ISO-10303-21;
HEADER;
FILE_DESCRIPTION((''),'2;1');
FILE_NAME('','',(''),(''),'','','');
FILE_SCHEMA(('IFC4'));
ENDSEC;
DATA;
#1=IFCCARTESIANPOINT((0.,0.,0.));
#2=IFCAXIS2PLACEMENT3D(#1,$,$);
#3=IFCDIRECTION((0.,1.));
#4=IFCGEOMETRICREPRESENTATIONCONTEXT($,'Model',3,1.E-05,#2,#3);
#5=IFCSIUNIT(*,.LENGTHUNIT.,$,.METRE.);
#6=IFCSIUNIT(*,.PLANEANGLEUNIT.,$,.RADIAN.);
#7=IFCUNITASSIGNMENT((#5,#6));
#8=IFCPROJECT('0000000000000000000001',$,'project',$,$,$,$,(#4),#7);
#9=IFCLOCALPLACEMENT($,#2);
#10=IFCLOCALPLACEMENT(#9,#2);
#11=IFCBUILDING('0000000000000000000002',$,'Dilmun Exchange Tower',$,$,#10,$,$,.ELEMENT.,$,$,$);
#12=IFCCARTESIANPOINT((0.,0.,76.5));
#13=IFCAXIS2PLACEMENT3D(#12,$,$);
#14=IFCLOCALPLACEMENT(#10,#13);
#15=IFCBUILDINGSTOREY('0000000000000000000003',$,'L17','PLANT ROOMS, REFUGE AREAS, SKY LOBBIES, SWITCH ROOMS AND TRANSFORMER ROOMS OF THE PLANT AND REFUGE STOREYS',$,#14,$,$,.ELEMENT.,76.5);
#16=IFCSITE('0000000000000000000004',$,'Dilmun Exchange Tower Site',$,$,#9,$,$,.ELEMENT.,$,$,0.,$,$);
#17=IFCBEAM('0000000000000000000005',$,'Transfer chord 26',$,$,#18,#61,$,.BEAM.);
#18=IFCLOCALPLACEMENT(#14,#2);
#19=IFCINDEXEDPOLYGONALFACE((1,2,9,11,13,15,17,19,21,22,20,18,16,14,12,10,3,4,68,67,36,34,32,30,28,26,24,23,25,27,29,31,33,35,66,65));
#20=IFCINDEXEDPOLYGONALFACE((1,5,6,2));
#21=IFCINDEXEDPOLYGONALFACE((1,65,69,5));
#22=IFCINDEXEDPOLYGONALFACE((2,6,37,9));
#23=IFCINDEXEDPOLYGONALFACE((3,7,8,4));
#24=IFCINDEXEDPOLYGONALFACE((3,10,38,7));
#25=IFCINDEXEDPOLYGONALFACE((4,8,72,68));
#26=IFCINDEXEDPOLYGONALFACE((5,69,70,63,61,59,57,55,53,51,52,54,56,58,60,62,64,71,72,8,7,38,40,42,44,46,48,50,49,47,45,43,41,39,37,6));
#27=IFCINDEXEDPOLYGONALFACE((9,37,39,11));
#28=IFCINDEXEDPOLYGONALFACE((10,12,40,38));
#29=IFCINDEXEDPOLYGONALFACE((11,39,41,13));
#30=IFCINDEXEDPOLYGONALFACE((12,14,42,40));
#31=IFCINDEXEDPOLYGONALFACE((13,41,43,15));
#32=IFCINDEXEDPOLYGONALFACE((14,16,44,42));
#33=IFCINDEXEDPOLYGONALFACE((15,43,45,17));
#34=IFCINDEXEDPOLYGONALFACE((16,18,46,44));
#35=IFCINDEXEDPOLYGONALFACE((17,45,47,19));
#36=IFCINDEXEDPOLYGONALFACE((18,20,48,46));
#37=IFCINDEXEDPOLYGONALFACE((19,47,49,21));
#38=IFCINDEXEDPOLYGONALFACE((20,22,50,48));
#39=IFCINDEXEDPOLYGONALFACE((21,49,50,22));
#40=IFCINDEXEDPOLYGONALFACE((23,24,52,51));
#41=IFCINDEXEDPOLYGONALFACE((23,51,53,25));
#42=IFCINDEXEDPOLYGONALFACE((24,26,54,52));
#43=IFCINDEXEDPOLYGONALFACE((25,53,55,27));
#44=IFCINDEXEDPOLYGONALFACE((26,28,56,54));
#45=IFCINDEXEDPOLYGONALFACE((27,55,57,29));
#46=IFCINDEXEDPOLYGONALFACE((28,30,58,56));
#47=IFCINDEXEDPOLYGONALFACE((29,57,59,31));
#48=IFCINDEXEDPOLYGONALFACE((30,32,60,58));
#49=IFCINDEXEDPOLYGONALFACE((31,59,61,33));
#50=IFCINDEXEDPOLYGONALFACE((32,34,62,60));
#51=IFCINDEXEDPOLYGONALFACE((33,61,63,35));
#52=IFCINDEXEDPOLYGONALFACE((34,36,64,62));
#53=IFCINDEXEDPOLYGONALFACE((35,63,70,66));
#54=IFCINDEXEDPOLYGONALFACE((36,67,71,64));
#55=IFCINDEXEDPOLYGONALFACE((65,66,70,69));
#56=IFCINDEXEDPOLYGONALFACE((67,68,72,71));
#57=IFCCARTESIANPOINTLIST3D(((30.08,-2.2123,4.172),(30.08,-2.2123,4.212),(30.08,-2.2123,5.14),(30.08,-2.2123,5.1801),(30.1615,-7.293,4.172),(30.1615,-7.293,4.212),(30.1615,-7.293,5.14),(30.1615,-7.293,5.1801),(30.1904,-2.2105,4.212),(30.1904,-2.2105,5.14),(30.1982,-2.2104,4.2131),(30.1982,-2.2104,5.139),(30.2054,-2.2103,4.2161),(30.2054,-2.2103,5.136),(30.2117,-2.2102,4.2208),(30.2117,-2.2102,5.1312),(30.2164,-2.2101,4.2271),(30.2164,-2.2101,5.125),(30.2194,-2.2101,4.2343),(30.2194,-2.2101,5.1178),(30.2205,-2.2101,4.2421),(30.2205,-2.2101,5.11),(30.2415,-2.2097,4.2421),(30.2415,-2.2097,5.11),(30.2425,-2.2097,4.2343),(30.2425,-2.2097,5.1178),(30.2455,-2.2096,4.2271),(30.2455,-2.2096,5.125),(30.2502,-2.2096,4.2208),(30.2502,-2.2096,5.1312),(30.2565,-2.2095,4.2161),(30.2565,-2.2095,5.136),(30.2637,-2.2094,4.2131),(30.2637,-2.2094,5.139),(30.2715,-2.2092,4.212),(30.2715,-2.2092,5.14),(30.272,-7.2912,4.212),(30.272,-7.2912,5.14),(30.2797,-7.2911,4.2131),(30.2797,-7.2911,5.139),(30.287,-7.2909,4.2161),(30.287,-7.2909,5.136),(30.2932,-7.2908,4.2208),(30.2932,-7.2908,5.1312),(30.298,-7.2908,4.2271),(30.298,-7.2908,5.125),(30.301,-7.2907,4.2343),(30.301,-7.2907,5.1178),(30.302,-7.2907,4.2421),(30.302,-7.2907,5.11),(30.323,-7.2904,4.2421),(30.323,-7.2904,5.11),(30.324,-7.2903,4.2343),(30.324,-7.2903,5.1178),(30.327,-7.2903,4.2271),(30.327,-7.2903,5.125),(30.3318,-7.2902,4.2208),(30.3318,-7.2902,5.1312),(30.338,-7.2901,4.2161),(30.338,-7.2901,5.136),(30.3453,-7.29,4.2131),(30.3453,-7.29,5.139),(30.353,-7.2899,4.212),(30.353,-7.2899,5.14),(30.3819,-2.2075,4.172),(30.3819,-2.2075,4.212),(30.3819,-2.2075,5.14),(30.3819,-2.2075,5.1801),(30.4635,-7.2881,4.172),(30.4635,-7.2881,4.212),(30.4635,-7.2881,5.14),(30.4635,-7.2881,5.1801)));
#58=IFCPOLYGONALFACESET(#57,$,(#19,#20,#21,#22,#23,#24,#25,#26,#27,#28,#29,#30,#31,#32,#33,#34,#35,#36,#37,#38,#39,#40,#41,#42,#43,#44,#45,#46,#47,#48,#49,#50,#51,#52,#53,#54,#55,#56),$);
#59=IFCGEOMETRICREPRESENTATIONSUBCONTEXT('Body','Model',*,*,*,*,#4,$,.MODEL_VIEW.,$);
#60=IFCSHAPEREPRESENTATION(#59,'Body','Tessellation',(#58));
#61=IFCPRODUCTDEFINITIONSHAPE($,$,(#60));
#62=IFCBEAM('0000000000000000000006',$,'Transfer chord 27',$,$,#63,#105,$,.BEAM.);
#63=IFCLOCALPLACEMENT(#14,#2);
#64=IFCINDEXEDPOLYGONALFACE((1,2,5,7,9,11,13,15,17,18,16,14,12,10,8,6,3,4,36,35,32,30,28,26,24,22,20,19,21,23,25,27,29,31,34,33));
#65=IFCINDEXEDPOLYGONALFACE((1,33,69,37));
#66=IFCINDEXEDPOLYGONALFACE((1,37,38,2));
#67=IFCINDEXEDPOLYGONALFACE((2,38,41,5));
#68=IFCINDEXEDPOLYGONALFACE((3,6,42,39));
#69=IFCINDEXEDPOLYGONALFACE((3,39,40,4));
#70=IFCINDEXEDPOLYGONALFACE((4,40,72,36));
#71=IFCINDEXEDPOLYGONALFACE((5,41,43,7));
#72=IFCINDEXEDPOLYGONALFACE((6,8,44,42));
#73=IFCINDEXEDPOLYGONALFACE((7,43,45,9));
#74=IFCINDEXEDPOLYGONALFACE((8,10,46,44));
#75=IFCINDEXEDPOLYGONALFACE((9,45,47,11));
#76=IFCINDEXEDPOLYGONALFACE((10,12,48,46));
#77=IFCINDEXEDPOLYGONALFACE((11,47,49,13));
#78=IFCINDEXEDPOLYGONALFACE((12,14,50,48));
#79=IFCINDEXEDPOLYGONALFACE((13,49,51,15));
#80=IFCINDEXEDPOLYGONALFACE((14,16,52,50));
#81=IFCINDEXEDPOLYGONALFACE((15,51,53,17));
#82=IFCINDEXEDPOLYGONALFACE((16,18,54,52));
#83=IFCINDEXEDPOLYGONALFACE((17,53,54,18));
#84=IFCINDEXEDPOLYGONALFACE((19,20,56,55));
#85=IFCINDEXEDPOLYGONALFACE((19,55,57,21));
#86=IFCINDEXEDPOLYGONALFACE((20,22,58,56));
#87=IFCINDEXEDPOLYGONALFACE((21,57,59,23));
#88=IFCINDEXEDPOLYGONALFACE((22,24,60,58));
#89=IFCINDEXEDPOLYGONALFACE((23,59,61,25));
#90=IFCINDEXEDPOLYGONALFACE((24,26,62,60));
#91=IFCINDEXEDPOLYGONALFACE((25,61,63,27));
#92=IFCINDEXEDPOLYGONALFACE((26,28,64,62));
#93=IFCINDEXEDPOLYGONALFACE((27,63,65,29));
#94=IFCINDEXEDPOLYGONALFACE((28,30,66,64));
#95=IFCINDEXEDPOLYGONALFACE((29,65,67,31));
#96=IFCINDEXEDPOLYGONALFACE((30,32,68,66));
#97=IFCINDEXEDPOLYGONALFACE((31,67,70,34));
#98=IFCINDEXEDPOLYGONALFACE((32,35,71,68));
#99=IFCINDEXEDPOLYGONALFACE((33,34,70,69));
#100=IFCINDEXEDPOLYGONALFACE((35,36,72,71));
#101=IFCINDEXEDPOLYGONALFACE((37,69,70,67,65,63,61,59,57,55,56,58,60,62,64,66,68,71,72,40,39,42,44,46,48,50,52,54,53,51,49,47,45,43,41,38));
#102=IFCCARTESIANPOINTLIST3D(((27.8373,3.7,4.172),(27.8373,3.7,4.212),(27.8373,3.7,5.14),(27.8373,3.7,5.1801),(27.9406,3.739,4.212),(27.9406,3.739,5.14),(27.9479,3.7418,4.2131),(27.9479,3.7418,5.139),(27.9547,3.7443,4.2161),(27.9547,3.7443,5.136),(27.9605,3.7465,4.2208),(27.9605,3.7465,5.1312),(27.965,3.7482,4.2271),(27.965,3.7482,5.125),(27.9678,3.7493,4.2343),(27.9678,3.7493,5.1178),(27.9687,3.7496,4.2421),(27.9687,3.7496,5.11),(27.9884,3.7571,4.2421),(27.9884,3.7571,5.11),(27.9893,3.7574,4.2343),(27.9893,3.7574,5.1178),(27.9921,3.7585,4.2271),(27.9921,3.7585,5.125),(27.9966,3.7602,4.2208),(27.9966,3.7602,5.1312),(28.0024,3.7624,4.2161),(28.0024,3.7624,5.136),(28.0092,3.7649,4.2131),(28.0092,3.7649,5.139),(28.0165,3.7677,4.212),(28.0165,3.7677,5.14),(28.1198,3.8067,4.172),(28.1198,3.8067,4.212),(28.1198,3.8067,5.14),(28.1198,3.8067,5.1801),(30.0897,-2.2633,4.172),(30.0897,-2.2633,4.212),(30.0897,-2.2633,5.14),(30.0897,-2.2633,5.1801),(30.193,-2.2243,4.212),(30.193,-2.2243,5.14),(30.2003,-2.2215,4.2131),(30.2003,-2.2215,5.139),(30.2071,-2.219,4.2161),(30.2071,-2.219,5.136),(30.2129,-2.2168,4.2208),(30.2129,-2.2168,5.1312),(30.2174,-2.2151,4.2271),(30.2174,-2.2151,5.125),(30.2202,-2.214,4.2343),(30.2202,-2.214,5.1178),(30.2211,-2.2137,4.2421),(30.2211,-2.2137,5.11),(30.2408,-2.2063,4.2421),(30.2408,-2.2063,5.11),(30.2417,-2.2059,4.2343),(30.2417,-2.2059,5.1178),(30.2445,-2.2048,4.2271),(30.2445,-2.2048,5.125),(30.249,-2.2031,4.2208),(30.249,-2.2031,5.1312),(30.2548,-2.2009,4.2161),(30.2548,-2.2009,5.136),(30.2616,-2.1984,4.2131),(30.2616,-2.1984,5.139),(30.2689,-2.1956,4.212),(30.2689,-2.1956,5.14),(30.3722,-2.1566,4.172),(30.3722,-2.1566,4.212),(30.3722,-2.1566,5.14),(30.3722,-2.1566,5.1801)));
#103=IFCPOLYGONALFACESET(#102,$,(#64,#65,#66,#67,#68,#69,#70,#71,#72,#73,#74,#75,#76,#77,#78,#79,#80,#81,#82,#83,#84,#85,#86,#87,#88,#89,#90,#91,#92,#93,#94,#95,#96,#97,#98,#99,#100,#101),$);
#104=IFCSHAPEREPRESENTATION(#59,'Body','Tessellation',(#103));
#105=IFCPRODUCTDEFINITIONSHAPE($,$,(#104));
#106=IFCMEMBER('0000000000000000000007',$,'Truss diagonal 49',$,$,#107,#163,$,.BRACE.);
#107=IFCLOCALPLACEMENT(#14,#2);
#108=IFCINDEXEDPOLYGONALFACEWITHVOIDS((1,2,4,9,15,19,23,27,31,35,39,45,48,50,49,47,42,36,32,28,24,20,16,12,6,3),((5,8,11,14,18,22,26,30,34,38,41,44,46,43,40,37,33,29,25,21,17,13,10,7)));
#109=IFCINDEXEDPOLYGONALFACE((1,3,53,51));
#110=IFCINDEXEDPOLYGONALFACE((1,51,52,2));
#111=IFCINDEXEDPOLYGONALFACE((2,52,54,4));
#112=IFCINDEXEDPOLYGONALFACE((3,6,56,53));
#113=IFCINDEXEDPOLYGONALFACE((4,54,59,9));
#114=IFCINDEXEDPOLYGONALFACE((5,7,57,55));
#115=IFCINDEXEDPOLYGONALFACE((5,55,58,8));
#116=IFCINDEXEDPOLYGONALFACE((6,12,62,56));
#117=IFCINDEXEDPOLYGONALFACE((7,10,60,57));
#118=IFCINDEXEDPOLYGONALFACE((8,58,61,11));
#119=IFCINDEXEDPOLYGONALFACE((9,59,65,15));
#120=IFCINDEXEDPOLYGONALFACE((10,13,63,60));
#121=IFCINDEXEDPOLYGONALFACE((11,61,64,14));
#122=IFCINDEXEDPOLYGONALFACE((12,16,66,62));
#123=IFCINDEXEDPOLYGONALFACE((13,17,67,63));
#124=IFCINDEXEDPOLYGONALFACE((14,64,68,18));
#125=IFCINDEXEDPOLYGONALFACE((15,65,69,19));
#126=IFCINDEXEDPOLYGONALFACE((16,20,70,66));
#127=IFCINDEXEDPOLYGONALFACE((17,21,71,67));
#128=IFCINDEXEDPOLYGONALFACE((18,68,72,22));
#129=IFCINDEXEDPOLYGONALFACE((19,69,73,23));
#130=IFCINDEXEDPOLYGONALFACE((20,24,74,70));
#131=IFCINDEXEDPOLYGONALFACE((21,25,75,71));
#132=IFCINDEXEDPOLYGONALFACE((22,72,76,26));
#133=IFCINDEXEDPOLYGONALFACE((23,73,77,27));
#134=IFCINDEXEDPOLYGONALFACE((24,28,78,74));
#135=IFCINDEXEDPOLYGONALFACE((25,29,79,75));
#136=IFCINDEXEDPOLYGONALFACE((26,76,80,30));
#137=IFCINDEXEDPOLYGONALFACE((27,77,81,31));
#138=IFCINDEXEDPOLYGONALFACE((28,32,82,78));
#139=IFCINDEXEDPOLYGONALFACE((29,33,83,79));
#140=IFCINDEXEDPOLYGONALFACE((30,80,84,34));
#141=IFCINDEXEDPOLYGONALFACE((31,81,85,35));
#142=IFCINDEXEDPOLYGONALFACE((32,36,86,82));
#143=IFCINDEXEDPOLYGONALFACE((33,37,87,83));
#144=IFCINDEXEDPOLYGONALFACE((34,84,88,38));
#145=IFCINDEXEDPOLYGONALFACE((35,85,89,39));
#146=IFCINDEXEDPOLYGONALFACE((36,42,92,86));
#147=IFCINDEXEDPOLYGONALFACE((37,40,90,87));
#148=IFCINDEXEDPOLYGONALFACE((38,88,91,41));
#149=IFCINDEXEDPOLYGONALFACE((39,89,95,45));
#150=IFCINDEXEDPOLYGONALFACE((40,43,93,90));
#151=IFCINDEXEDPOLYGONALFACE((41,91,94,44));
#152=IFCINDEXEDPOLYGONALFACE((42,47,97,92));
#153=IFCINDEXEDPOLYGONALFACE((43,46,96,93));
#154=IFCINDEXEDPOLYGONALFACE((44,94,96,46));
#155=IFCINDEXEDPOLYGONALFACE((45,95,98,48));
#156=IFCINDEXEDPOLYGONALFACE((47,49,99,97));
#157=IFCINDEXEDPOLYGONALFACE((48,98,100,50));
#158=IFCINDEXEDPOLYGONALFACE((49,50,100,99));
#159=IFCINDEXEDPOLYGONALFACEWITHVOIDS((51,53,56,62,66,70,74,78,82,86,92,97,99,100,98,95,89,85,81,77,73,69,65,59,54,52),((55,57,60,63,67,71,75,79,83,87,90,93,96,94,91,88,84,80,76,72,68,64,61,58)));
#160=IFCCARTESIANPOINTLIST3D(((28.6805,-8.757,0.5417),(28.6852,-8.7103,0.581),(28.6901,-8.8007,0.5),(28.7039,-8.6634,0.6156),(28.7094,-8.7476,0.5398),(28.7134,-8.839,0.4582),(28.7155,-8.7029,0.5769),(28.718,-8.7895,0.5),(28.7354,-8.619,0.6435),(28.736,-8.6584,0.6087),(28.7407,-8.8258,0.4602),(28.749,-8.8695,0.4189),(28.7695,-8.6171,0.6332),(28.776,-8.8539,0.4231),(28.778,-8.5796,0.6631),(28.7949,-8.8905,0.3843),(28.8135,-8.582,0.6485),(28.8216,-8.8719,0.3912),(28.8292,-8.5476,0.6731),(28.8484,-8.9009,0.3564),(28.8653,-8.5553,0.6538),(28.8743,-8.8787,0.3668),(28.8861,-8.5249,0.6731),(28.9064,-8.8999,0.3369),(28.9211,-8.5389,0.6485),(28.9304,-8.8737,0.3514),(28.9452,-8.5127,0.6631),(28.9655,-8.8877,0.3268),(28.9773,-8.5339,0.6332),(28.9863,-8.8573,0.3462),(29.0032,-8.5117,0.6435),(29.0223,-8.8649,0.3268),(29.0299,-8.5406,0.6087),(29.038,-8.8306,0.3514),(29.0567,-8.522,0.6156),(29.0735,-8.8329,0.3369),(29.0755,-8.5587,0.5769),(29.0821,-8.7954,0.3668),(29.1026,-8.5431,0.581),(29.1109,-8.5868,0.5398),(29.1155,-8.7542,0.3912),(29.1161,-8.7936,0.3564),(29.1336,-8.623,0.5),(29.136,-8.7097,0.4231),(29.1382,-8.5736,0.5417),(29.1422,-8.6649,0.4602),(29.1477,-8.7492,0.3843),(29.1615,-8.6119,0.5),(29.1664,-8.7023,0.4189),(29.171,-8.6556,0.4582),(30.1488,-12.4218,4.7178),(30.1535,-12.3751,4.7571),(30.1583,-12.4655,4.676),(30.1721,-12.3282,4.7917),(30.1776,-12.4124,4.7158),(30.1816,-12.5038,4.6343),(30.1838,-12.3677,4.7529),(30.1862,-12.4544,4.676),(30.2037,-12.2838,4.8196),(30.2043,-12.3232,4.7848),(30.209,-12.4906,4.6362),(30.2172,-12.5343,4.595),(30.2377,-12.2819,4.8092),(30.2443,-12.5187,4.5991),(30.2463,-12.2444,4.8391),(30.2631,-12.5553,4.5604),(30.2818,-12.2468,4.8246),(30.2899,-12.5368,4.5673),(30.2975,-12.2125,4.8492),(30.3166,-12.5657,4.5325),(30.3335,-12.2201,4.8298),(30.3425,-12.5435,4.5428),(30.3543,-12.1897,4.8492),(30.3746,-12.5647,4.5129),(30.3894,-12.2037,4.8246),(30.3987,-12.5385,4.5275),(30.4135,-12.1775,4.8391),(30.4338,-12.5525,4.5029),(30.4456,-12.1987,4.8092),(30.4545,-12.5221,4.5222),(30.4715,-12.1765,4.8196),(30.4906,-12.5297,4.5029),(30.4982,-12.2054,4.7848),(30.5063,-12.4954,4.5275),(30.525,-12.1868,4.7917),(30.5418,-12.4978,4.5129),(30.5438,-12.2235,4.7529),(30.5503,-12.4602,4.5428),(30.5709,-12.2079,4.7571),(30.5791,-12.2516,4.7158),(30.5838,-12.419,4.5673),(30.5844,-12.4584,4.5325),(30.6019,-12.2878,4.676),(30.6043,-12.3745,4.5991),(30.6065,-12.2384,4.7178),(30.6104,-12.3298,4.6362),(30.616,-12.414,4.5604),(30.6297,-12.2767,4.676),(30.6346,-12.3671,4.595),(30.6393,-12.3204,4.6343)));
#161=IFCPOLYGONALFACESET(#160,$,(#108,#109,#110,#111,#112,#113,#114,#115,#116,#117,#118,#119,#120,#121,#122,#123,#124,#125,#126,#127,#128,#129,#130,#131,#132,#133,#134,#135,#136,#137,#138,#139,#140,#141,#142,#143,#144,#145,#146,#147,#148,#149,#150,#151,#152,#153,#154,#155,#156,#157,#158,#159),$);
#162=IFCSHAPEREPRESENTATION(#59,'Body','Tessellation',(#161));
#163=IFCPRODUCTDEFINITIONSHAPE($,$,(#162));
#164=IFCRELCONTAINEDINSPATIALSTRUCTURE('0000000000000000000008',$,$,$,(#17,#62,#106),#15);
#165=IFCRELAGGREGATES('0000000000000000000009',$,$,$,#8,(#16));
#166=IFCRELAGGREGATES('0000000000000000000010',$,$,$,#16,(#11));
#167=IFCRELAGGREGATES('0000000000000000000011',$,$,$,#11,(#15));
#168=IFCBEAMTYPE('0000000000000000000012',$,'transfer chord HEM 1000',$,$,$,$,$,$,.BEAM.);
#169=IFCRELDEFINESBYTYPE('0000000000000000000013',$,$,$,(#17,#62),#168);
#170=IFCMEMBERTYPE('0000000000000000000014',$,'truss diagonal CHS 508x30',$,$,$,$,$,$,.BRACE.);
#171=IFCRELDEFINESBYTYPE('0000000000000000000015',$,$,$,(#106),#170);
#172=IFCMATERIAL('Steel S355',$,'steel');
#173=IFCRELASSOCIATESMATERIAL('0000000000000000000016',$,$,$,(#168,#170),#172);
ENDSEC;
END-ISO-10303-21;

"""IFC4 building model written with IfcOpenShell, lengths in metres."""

from ifc_helpers import new_model, si_unit, direction, frame, origin, origin_2d, place, context, subcontext, project, spatial, hollow_circle, i_section, extrude, material, material_profile, profile_set, type_object, element, save


model = new_model("IFC4")

# Units and contexts
model_context = context("Model", 3, precision=1e-05, world=origin(), true_north=direction((0.0, 1.0)))
body_context = subcontext(model_context, "Body", "Model", "MODEL_VIEW")
ifc_project = project(units=[si_unit("LENGTHUNIT", "METRE"), si_unit("PLANEANGLEUNIT", "RADIAN")], contexts=[model_context])

# Site, building, storey
site_placement = place(None, origin())
site = spatial("IfcSite", under=ifc_project, at=site_placement, Name="Dilmun Exchange Tower Site", CompositionType="ELEMENT", RefElevation=0.0)
building_placement = place(site_placement, origin())
building = spatial("IfcBuilding", under=site, at=building_placement, Name="Dilmun Exchange Tower", CompositionType="ELEMENT")
storey_placement = place(building_placement, frame((0.0, 0.0, 76.5)))
storey = spatial("IfcBuildingStorey", under=building, at=storey_placement, Name="L17", Description="PLANT ROOMS, REFUGE AREAS, SKY LOBBIES, SWITCH ROOMS AND TRANSFORMER ROOMS OF THE PLANT AND REFUGE STOREYS", CompositionType="ELEMENT", Elevation=76.5)

# Shared definitions
ifc_material_1 = material(Name="Steel S355", Category="steel")

# Beams
ifc_material_profile_1 = material_profile(ifc_material_1, i_section(OverallWidth=0.302, OverallDepth=1.0081, WebThickness=0.021, FlangeThickness=0.04, FilletRadius=0.03, at=origin_2d()), Name="HEM 1000")
ifc_profile_set_1 = profile_set([ifc_material_profile_1], Name="Steel S355")
beam_type_1 = type_object("IfcBeamType", Name="transfer chord HEM 1000", PredefinedType="BEAM", material=ifc_profile_set_1)
for number, where, z_axis, x_axis, name in (
    (1, (30.3125, -7.2905, 4.676), (-0.016048, 0.999871, 0.0), (-0.999871, -0.016048, 0.0), "Transfer chord 26"),
):
    element("IfcBeam", number, at=place(storey_placement, frame(where, z_axis=z_axis, x_axis=x_axis)), inside=storey, type_object=beam_type_1, Name=name, PredefinedType="BEAM", context=body_context, shape_type="SweptSolid", body=[
        extrude(i_section(OverallWidth=0.302, OverallDepth=1.0081, WebThickness=0.021, FlangeThickness=0.04, FilletRadius=0.03, at=origin_2d()), origin(), (0.0, 0.0, 1.0), 5.0813),
    ])
beam_1_placement = place(storey_placement, frame((30.231, -2.21, 4.676), z_axis=(-0.353347, 0.935492, 0.0), x_axis=(-0.935492, -0.353347, 0.0)))
element("IfcBeam", 2, at=beam_1_placement, inside=storey, type_object=beam_type_1, Name="Transfer chord 27", PredefinedType="BEAM", context=body_context, shape_type="SweptSolid", body=[
    extrude(i_section(OverallWidth=0.302, OverallDepth=1.0081, WebThickness=0.021, FlangeThickness=0.04, FilletRadius=0.03, at=origin_2d()), origin(), (0.0, 0.0, 1.0), 6.3745),
])

# Member
ifc_material_profile_2 = material_profile(ifc_material_1, hollow_circle(Radius=0.2539, WallThickness=0.03, at=origin_2d()), Name="CHS 508x30")
ifc_profile_set_2 = profile_set([ifc_material_profile_2], Name="Steel S355")
member_type_1 = type_object("IfcMemberType", Name="truss diagonal CHS 508x30", PredefinedType="BRACE", material=ifc_profile_set_2)
member_1_placement = place(storey_placement, frame((30.394, -12.3711, 4.676), z_axis=(-0.255492, 0.637711, -0.72667), x_axis=(-0.928272, -0.371902, 0.0)))
element("IfcMember", 3, at=member_1_placement, inside=storey, type_object=member_type_1, Name="Truss diagonal 49", PredefinedType="BRACE", context=body_context, shape_type="SweptSolid", body=[
    extrude(hollow_circle(Radius=0.2539, WallThickness=0.03, at=origin_2d()), origin(), (0.0, 0.0, 1.0), 5.7468),
])

save(model, "model.ifc")
